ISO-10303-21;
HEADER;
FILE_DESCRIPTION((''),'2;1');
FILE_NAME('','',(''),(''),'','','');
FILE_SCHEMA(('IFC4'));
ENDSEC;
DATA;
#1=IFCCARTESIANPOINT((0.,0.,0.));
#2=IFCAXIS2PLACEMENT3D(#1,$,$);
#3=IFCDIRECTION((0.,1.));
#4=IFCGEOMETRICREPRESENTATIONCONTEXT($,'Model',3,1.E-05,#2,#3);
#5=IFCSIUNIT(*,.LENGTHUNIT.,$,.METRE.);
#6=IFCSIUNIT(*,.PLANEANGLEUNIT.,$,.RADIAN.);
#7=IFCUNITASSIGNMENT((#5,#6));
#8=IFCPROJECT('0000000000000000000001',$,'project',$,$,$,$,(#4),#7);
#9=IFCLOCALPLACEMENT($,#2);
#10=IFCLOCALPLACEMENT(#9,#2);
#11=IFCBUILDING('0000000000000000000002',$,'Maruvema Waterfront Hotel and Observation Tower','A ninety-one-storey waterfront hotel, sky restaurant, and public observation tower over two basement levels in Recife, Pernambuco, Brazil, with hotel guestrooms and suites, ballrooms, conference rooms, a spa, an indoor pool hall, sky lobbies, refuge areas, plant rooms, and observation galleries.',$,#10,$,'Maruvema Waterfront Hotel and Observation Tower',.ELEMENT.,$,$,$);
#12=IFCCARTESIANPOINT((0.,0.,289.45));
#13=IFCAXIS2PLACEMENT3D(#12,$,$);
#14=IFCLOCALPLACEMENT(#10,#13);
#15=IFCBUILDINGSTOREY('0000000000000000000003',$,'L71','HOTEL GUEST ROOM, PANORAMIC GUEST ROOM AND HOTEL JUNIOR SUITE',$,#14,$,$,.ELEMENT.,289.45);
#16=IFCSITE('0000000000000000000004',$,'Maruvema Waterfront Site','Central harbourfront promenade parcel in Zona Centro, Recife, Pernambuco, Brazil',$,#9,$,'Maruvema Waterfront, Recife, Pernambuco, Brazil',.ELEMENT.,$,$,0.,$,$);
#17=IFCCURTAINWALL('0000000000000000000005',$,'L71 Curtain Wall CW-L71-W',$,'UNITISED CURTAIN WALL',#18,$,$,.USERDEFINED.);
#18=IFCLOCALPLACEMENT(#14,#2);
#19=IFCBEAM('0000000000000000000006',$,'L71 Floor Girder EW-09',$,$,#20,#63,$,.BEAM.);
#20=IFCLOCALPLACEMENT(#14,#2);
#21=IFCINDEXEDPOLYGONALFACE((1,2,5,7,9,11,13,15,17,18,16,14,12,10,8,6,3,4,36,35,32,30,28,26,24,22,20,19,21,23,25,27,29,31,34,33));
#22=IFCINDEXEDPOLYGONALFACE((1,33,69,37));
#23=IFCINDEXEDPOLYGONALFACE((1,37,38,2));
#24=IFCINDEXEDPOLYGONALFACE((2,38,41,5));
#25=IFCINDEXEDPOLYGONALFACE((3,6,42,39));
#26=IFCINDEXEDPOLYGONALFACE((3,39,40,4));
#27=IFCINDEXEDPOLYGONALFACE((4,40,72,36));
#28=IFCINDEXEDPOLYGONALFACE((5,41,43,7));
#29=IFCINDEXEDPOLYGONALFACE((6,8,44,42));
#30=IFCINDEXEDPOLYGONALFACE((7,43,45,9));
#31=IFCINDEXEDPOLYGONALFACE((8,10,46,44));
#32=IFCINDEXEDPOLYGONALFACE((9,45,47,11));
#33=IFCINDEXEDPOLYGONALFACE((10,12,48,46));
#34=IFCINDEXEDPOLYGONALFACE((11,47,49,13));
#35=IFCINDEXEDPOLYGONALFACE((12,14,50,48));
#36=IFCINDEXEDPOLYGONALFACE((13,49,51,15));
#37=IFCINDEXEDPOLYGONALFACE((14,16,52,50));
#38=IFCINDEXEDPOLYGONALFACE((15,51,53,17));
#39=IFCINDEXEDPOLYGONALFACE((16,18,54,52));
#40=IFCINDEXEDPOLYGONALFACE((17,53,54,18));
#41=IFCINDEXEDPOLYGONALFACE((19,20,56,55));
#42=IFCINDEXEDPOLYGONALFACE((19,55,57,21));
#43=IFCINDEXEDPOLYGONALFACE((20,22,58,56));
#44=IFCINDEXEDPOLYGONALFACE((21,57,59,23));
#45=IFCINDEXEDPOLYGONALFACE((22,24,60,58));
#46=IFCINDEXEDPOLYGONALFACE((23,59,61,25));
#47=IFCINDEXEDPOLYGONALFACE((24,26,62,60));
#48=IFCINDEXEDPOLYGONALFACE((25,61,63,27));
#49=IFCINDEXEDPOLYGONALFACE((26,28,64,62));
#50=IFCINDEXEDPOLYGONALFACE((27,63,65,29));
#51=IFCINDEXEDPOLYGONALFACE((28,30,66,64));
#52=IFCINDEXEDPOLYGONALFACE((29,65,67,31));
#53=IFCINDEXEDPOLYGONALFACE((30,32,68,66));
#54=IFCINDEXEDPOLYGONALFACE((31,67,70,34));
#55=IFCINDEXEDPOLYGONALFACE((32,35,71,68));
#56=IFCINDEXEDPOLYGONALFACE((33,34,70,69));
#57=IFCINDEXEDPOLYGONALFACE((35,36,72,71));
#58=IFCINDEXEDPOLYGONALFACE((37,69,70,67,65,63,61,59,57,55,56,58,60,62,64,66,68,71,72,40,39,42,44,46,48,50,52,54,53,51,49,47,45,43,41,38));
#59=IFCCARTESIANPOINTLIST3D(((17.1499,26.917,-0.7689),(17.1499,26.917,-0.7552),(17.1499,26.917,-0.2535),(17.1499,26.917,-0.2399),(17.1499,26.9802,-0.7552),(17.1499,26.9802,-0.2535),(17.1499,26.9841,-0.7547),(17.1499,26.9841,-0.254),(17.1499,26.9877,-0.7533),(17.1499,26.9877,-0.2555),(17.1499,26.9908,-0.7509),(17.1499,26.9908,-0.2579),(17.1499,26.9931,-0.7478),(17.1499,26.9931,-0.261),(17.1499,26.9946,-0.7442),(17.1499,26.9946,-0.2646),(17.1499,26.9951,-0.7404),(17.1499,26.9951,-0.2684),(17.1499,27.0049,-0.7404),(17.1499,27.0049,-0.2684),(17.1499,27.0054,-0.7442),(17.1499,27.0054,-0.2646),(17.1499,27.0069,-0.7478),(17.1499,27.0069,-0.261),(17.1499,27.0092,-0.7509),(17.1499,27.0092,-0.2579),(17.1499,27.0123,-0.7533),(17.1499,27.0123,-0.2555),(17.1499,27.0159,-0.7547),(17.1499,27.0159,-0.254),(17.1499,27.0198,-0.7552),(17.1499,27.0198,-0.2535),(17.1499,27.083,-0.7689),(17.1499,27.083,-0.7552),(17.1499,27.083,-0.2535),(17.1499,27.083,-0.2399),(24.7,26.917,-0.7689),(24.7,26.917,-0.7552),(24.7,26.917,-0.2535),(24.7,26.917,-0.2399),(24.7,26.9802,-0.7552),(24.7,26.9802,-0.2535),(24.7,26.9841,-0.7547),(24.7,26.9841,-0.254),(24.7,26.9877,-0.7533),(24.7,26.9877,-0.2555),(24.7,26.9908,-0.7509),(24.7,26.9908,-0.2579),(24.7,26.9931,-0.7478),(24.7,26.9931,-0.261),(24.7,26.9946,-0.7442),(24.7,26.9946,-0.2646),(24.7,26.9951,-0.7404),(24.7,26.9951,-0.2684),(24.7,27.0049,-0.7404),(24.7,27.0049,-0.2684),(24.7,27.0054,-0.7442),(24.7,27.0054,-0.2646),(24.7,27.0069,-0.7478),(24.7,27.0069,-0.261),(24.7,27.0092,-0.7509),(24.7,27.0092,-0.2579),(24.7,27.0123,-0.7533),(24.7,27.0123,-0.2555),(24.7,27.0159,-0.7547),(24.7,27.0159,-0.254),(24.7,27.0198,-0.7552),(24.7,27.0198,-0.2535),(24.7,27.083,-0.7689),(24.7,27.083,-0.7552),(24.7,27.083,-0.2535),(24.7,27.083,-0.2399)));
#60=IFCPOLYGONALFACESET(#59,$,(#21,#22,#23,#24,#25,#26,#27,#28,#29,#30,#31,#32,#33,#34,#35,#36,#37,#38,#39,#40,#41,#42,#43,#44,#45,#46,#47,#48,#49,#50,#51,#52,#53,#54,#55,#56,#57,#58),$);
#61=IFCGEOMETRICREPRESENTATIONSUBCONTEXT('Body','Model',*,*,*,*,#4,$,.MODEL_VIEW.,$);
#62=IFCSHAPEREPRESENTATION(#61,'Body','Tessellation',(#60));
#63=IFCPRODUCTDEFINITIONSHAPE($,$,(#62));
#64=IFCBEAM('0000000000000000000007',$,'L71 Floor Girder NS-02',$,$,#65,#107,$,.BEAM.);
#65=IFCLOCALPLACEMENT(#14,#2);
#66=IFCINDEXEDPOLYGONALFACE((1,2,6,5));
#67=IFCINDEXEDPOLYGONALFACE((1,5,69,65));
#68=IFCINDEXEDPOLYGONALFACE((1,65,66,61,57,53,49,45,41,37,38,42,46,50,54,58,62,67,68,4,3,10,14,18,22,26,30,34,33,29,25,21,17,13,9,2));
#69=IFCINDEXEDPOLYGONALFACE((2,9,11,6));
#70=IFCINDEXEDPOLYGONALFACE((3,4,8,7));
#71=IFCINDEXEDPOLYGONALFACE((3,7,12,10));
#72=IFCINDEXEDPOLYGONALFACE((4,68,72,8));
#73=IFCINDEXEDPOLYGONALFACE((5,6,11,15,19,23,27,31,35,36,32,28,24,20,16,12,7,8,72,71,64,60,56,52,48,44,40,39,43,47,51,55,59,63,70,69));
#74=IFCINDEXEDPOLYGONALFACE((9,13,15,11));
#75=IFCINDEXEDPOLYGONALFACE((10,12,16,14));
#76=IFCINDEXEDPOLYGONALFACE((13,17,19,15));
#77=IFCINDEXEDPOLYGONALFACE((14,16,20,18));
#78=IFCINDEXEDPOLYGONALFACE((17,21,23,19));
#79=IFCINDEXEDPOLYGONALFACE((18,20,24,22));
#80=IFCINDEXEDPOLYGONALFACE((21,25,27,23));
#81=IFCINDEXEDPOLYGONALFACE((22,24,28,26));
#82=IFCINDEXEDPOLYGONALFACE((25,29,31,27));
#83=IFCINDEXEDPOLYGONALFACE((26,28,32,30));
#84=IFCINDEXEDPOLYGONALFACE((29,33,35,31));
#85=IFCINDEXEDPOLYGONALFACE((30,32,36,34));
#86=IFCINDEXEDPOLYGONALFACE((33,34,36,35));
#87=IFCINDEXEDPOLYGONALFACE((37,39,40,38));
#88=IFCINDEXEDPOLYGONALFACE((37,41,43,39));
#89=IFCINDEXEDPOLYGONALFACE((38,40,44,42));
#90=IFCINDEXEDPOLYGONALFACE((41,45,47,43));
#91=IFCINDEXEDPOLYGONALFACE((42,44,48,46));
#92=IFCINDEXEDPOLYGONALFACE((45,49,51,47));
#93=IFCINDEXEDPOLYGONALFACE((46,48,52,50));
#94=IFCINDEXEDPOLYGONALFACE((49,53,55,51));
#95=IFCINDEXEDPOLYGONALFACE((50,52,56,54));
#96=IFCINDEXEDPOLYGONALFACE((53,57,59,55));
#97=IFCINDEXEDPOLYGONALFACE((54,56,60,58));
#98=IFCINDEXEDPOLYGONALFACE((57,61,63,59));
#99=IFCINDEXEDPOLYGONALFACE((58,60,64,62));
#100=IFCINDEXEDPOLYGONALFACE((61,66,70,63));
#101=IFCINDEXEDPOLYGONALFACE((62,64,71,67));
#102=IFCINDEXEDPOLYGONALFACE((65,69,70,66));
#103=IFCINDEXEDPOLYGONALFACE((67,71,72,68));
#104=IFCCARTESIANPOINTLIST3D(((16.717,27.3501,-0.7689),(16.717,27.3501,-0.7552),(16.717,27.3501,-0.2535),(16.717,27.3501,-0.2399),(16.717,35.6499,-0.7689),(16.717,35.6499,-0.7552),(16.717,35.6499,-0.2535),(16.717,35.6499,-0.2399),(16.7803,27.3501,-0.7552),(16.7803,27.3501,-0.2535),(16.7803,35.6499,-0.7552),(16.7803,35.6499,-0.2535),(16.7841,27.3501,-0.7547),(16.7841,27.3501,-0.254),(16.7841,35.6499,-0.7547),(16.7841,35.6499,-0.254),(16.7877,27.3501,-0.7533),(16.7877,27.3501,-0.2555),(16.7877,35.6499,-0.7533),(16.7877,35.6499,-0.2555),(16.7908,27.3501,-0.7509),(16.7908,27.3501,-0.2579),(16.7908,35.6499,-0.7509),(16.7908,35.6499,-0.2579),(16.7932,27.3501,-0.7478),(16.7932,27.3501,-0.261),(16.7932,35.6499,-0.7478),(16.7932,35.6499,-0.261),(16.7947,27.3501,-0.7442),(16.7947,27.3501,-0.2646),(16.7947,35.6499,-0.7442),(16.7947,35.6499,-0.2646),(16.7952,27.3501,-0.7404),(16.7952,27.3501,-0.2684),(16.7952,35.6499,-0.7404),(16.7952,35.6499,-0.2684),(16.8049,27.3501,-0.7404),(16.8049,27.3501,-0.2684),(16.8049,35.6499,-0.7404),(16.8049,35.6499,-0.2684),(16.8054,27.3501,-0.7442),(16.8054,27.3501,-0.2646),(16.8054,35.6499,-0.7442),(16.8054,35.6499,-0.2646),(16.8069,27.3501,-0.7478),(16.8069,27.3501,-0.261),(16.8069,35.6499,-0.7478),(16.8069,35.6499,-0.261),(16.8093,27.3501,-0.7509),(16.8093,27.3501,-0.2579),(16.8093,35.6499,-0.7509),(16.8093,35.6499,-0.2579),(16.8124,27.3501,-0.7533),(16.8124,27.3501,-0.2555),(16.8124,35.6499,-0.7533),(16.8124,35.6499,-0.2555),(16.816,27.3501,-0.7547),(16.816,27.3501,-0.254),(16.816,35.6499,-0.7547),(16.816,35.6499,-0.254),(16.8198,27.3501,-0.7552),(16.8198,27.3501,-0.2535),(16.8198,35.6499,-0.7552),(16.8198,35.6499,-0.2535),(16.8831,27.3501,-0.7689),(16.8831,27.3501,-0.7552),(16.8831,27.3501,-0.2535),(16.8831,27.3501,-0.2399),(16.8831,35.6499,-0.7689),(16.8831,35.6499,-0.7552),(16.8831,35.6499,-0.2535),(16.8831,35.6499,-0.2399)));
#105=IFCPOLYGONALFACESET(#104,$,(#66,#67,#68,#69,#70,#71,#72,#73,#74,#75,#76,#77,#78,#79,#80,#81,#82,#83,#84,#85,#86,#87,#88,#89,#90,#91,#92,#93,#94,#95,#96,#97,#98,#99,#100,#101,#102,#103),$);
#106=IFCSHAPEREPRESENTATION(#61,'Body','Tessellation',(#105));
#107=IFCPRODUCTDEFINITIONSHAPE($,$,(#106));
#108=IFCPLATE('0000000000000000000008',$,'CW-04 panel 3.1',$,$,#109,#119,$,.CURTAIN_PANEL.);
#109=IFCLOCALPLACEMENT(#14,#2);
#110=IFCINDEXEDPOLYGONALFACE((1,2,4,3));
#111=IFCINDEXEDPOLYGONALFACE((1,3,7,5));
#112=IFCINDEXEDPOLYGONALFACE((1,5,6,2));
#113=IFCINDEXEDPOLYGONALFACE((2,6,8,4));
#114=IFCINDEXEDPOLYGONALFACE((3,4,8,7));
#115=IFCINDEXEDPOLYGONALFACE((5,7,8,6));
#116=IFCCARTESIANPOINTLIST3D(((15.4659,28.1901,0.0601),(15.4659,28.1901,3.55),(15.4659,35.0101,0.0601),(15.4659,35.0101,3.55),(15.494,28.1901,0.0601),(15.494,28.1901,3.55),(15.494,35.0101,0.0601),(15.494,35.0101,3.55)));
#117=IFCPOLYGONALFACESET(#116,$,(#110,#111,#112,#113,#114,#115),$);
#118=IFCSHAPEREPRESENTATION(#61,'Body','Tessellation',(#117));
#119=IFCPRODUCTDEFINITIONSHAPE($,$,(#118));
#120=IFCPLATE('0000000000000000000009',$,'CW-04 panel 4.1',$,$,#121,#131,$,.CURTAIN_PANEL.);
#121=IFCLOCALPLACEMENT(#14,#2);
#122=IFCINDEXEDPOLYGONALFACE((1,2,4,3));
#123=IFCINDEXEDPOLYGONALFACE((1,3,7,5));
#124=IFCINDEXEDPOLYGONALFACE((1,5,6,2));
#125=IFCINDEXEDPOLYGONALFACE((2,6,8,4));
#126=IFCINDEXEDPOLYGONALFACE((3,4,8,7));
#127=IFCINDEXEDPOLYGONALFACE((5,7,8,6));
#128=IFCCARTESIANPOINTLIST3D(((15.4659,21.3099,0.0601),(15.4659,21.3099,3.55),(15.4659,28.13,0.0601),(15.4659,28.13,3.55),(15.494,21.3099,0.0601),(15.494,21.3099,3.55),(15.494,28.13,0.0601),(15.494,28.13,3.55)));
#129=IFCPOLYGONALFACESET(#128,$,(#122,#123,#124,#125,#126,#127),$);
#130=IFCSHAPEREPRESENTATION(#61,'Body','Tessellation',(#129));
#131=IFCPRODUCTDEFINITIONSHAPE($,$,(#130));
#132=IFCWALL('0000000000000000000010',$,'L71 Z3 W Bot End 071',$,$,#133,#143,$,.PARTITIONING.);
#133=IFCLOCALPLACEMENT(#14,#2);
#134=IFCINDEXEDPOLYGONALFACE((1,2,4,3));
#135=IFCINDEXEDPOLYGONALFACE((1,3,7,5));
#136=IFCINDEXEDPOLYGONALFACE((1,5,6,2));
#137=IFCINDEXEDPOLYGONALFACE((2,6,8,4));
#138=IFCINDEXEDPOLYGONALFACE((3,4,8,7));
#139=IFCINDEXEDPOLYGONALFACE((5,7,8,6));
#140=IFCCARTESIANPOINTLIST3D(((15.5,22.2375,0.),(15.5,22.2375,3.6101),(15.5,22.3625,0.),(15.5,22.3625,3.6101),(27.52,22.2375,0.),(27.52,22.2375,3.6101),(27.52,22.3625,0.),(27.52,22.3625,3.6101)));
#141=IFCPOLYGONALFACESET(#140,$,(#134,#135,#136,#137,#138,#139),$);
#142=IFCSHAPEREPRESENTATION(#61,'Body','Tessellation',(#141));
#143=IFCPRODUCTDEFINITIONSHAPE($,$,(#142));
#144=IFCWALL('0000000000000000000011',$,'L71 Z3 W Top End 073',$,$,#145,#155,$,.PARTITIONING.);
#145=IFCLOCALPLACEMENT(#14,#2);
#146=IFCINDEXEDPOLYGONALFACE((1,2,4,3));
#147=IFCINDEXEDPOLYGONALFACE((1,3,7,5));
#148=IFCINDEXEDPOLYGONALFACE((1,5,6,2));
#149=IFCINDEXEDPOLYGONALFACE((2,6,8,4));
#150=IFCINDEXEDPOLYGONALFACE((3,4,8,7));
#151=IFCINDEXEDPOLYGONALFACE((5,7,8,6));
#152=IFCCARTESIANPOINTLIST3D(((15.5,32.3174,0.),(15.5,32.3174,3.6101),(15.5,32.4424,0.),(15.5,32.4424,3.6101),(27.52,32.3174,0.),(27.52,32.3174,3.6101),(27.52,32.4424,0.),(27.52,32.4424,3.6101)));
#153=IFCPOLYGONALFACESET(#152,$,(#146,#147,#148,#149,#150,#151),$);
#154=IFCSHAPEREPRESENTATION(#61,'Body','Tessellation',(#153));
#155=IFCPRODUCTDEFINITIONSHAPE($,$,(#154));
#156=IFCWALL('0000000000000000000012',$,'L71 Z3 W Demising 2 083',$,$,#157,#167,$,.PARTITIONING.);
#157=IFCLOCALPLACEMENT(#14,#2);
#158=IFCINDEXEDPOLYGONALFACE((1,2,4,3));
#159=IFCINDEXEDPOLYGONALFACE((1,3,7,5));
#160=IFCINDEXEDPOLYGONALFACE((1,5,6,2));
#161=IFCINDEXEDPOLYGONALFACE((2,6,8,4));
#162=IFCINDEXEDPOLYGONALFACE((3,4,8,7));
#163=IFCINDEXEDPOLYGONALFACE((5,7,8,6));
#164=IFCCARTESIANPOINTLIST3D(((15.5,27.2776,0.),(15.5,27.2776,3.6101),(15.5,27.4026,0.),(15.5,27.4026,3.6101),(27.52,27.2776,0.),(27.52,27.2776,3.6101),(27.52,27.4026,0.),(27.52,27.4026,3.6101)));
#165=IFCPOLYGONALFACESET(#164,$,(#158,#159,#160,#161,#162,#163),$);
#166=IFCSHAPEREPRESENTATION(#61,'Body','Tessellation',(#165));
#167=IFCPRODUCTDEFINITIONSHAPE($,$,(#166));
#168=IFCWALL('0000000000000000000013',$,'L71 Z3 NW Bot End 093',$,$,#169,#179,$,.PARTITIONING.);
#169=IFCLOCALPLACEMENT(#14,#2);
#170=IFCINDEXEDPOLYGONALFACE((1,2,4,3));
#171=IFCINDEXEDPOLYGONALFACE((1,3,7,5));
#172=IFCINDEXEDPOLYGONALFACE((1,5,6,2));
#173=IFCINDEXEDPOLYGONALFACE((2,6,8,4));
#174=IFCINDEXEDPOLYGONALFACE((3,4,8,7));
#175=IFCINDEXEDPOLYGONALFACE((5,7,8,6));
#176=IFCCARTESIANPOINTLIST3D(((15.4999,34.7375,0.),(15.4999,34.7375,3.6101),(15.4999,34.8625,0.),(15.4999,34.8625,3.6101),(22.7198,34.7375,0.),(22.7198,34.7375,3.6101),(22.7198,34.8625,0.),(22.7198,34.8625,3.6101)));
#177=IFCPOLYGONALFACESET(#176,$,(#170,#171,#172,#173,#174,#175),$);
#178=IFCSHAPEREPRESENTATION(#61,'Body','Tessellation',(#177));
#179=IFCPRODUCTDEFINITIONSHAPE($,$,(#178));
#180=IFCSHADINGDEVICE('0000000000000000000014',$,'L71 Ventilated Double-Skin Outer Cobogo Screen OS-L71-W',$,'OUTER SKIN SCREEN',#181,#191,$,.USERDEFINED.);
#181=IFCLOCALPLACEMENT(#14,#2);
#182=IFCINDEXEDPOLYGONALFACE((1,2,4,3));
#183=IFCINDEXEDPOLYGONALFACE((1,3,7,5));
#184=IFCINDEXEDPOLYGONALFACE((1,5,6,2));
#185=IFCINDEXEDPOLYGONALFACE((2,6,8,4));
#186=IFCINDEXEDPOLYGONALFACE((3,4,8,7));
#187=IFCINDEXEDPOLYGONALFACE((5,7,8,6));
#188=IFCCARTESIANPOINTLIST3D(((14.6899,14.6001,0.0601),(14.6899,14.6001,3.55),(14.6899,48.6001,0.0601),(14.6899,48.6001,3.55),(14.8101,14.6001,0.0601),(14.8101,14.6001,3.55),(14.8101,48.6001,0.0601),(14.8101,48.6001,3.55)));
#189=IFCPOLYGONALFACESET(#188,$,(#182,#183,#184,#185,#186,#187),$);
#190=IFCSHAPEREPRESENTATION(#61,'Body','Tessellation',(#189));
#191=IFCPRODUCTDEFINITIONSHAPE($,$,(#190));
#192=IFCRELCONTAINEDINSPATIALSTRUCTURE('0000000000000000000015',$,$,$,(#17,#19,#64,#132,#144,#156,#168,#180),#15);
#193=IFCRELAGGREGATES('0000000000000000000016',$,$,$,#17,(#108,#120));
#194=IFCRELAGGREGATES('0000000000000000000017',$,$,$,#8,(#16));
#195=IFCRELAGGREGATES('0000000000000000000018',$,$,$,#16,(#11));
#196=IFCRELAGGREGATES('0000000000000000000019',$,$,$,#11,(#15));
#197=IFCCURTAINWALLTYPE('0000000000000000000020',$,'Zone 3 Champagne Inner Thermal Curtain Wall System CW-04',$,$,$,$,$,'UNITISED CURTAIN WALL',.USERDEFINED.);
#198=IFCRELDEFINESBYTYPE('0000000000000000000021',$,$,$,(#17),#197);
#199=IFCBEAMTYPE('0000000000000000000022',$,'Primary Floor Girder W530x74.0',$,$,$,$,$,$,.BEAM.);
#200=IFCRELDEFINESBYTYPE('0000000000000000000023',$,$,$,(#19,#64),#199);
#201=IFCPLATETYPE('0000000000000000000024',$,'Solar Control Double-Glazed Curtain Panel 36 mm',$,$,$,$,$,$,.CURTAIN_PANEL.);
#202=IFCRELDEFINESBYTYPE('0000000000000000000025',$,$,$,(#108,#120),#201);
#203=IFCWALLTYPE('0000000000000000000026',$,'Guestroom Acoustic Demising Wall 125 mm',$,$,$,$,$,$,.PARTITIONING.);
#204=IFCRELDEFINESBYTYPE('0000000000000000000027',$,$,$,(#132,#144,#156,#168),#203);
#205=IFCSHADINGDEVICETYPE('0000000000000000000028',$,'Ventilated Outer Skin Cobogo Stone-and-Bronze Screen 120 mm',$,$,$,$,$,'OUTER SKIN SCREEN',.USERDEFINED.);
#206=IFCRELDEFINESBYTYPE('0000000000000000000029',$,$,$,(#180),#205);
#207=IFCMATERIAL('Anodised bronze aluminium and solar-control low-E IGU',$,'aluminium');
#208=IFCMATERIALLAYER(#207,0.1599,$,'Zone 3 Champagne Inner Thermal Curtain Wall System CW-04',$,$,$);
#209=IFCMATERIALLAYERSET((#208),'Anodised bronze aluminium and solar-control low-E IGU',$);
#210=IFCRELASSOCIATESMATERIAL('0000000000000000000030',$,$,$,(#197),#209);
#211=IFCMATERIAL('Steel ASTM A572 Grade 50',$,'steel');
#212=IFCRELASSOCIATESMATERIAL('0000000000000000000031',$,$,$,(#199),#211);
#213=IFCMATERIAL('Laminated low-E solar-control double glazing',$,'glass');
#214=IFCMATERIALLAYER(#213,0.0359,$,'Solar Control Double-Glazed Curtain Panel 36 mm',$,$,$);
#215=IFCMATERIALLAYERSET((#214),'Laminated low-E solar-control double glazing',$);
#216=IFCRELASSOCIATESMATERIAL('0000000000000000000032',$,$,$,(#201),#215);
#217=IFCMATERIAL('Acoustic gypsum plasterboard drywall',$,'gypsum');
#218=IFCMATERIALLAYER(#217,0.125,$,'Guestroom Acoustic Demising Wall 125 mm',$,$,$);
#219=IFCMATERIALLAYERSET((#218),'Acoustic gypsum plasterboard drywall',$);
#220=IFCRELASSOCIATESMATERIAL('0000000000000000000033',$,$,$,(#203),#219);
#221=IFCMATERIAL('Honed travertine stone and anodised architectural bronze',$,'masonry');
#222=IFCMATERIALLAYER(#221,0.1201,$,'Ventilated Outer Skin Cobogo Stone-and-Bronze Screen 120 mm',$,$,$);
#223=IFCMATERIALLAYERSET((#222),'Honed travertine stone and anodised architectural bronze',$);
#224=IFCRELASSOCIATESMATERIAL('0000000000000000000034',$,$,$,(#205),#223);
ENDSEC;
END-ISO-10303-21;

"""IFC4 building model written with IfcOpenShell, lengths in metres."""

from ifc_helpers import new_model, si_unit, direction, frame, frame_2d, origin, origin_2d, place, context, subcontext, project, spatial, rectangle, i_section, extrude, material, layer, layer_set, material_profile, profile_set, type_object, element, aggregate, save


model = new_model("IFC4")

# Units and contexts
model_context = context("Model", 3, precision=1e-05, world=origin(), true_north=direction((0.0, 1.0)))
body_context = subcontext(model_context, "Body", "Model", "MODEL_VIEW")
ifc_project = project(units=[si_unit("LENGTHUNIT", "METRE"), si_unit("PLANEANGLEUNIT", "RADIAN")], contexts=[model_context])

# Site, building, storey
site_placement = place(None, origin())
site = spatial("IfcSite", under=ifc_project, at=site_placement, Name="Maruvema Waterfront Site", Description="Central harbourfront promenade parcel in Zona Centro, Recife, Pernambuco, Brazil", LongName="Maruvema Waterfront, Recife, Pernambuco, Brazil", CompositionType="ELEMENT", RefElevation=0.0)
building_placement = place(site_placement, origin())
building = spatial("IfcBuilding", under=site, at=building_placement, Name="Maruvema Waterfront Hotel and Observation Tower", Description="A ninety-one-storey waterfront hotel, sky restaurant, and public observation tower over two basement levels in Recife, Pernambuco, Brazil, with hotel guestrooms and suites, ballrooms, conference rooms, a spa, an indoor pool hall, sky lobbies, refuge areas, plant rooms, and observation galleries.", LongName="Maruvema Waterfront Hotel and Observation Tower", CompositionType="ELEMENT")
storey_placement = place(building_placement, frame((0.0, 0.0, 289.45)))
storey = spatial("IfcBuildingStorey", under=building, at=storey_placement, Name="L71", Description="HOTEL GUEST ROOM, PANORAMIC GUEST ROOM AND HOTEL JUNIOR SUITE", CompositionType="ELEMENT", Elevation=289.45)

# Curtain wall
ifc_material_1 = material(Name="Anodised bronze aluminium and solar-control low-E IGU", Category="aluminium")
ifc_layer_1 = layer(ifc_material_1, 0.1599, Name="Zone 3 Champagne Inner Thermal Curtain Wall System CW-04")
ifc_layer_set_1 = layer_set([ifc_layer_1], Name="Anodised bronze aluminium and solar-control low-E IGU")
curtain_wall_type = type_object("IfcCurtainWallType", Name="Zone 3 Champagne Inner Thermal Curtain Wall System CW-04", ElementType="UNITISED CURTAIN WALL", PredefinedType="USERDEFINED", material=ifc_layer_set_1)
curtain_wall_placement = place(storey_placement, origin())
curtain_wall = element("IfcCurtainWall", 1, at=curtain_wall_placement, inside=storey, type_object=curtain_wall_type, Name="L71 Curtain Wall CW-L71-W", ObjectType="UNITISED CURTAIN WALL", PredefinedType="USERDEFINED")

# Beams
ifc_material_2 = material(Name="Steel ASTM A572 Grade 50", Category="steel")
ifc_material_profile_1 = material_profile(ifc_material_2, i_section(OverallWidth=0.166, OverallDepth=0.5291, WebThickness=0.0098, FlangeThickness=0.0137, FilletRadius=0.0149, at=origin_2d()), Name="W530x74.0")
ifc_profile_set_1 = profile_set([ifc_material_profile_1], Name="Steel ASTM A572 Grade 50")
beam_type = type_object("IfcBeamType", Name="Primary Floor Girder W530x74.0", PredefinedType="BEAM", material=ifc_profile_set_1)
beam_1_placement = place(storey_placement, frame((17.1499, 27.0, -0.5044), z_axis=(1.0, 0.0, 0.0), x_axis=(0.0, 1.0, 0.0)))
element("IfcBeam", 2, at=beam_1_placement, inside=storey, type_object=beam_type, Name="L71 Floor Girder EW-09", PredefinedType="BEAM", context=body_context, shape_type="SweptSolid", body=[
    extrude(i_section(OverallWidth=0.166, OverallDepth=0.5291, WebThickness=0.0098, FlangeThickness=0.0137, FilletRadius=0.0149, at=origin_2d()), origin(), (0.0, 0.0, 1.0), 7.55),
])
beam_2_placement = place(storey_placement, frame((16.8, 27.3501, -0.5044), z_axis=(0.0, 1.0, 0.0), x_axis=(-1.0, 0.0, 0.0)))
element("IfcBeam", 3, at=beam_2_placement, inside=storey, type_object=beam_type, Name="L71 Floor Girder NS-02", PredefinedType="BEAM", context=body_context, shape_type="SweptSolid", body=[
    extrude(i_section(OverallWidth=0.166, OverallDepth=0.5291, WebThickness=0.0098, FlangeThickness=0.0137, FilletRadius=0.0149, at=origin_2d()), origin(), (0.0, 0.0, 1.0), 8.2998),
])

# Plates
ifc_material_3 = material(Name="Laminated low-E solar-control double glazing", Category="glass")
ifc_layer_2 = layer(ifc_material_3, 0.0359, Name="Solar Control Double-Glazed Curtain Panel 36 mm")
ifc_layer_set_2 = layer_set([ifc_layer_2], Name="Laminated low-E solar-control double glazing")
plate_type = type_object("IfcPlateType", Name="Solar Control Double-Glazed Curtain Panel 36 mm", PredefinedType="CURTAIN_PANEL", material=ifc_layer_set_2)
plate_1_placement = place(storey_placement, frame((15.48, 31.6001, 0.0601), z_axis=(0.0, 0.0, 1.0), x_axis=(0.0, -1.0, 0.0)))
plate_1 = element("IfcPlate", 4, at=plate_1_placement, type_object=plate_type, Name="CW-04 panel 3.1", PredefinedType="CURTAIN_PANEL", context=body_context, shape_type="SweptSolid", body=[
    extrude(rectangle(XDim=6.8201, YDim=0.0281, at=origin_2d()), origin(), (0.0, 0.0, 1.0), 3.49),
])
plate_2_placement = place(storey_placement, frame((15.48, 24.72, 0.0601), z_axis=(0.0, 0.0, 1.0), x_axis=(0.0, -1.0, 0.0)))
plate_2 = element("IfcPlate", 5, at=plate_2_placement, type_object=plate_type, Name="CW-04 panel 4.1", PredefinedType="CURTAIN_PANEL", context=body_context, shape_type="SweptSolid", body=[
    extrude(rectangle(XDim=6.8201, YDim=0.0281, at=origin_2d()), origin(), (0.0, 0.0, 1.0), 3.49),
])
aggregate(curtain_wall, [plate_1, plate_2])

# Walls
ifc_material_4 = material(Name="Acoustic gypsum plasterboard drywall", Category="gypsum")
ifc_layer_3 = layer(ifc_material_4, 0.125, Name="Guestroom Acoustic Demising Wall 125 mm")
ifc_layer_set_3 = layer_set([ifc_layer_3], Name="Acoustic gypsum plasterboard drywall")
wall_type = type_object("IfcWallType", Name="Guestroom Acoustic Demising Wall 125 mm", PredefinedType="PARTITIONING", material=ifc_layer_set_3)
for number, where, z_axis, x_axis, name in (
    (6, (15.5, 22.3, 0.0), (0.0, 0.0, 1.0), (1.0, 0.0, 0.0), "L71 Z3 W Bot End 071"),
    (7, (15.5, 32.3799, 0.0), (0.0, 0.0, 1.0), (1.0, 0.0, 0.0), "L71 Z3 W Top End 073"),
    (8, (15.5, 27.3401, 0.0), (0.0, 0.0, 1.0), (1.0, 0.0, 0.0), "L71 Z3 W Demising 2 083"),
):
    element("IfcWall", number, at=place(storey_placement, frame(where, z_axis=z_axis, x_axis=x_axis)), inside=storey, type_object=wall_type, Name=name, PredefinedType="PARTITIONING", context=body_context, shape_type="SweptSolid", body=[
        extrude(rectangle(XDim=12.02, YDim=0.125, at=frame_2d((6.01, 0.0))), origin(), (0.0, 0.0, 1.0), 3.6101),
    ])
wall_placement = place(storey_placement, frame((15.5, 34.8, 0.0), z_axis=(0.0, 0.0, 1.0), x_axis=(1.0, 0.0, 0.0)))
element("IfcWall", 9, at=wall_placement, inside=storey, type_object=wall_type, Name="L71 Z3 NW Bot End 093", PredefinedType="PARTITIONING", context=body_context, shape_type="SweptSolid", body=[
    extrude(rectangle(XDim=7.22, YDim=0.125, at=frame_2d((3.6099, 0.0))), origin(), (0.0, 0.0, 1.0), 3.6101),
])

# Shading device
ifc_material_5 = material(Name="Honed travertine stone and anodised architectural bronze", Category="masonry")
ifc_layer_4 = layer(ifc_material_5, 0.1201, Name="Ventilated Outer Skin Cobogo Stone-and-Bronze Screen 120 mm")
ifc_layer_set_4 = layer_set([ifc_layer_4], Name="Honed travertine stone and anodised architectural bronze")
shading_device_type = type_object("IfcShadingDeviceType", Name="Ventilated Outer Skin Cobogo Stone-and-Bronze Screen 120 mm", ElementType="OUTER SKIN SCREEN", PredefinedType="USERDEFINED", material=ifc_layer_set_4)
shading_device_placement = place(storey_placement, frame((14.75, 31.6001, 0.0601), z_axis=(0.0, 0.0, 1.0), x_axis=(0.0, -1.0, 0.0)))
element("IfcShadingDevice", 10, at=shading_device_placement, inside=storey, type_object=shading_device_type, Name="L71 Ventilated Double-Skin Outer Cobogo Screen OS-L71-W", ObjectType="OUTER SKIN SCREEN", PredefinedType="USERDEFINED", context=body_context, shape_type="SweptSolid", body=[
    extrude(rectangle(XDim=34.0, YDim=0.1201, at=origin_2d()), origin(), (0.0, 0.0, 1.0), 3.49),
])

save(model, "model.ifc")
